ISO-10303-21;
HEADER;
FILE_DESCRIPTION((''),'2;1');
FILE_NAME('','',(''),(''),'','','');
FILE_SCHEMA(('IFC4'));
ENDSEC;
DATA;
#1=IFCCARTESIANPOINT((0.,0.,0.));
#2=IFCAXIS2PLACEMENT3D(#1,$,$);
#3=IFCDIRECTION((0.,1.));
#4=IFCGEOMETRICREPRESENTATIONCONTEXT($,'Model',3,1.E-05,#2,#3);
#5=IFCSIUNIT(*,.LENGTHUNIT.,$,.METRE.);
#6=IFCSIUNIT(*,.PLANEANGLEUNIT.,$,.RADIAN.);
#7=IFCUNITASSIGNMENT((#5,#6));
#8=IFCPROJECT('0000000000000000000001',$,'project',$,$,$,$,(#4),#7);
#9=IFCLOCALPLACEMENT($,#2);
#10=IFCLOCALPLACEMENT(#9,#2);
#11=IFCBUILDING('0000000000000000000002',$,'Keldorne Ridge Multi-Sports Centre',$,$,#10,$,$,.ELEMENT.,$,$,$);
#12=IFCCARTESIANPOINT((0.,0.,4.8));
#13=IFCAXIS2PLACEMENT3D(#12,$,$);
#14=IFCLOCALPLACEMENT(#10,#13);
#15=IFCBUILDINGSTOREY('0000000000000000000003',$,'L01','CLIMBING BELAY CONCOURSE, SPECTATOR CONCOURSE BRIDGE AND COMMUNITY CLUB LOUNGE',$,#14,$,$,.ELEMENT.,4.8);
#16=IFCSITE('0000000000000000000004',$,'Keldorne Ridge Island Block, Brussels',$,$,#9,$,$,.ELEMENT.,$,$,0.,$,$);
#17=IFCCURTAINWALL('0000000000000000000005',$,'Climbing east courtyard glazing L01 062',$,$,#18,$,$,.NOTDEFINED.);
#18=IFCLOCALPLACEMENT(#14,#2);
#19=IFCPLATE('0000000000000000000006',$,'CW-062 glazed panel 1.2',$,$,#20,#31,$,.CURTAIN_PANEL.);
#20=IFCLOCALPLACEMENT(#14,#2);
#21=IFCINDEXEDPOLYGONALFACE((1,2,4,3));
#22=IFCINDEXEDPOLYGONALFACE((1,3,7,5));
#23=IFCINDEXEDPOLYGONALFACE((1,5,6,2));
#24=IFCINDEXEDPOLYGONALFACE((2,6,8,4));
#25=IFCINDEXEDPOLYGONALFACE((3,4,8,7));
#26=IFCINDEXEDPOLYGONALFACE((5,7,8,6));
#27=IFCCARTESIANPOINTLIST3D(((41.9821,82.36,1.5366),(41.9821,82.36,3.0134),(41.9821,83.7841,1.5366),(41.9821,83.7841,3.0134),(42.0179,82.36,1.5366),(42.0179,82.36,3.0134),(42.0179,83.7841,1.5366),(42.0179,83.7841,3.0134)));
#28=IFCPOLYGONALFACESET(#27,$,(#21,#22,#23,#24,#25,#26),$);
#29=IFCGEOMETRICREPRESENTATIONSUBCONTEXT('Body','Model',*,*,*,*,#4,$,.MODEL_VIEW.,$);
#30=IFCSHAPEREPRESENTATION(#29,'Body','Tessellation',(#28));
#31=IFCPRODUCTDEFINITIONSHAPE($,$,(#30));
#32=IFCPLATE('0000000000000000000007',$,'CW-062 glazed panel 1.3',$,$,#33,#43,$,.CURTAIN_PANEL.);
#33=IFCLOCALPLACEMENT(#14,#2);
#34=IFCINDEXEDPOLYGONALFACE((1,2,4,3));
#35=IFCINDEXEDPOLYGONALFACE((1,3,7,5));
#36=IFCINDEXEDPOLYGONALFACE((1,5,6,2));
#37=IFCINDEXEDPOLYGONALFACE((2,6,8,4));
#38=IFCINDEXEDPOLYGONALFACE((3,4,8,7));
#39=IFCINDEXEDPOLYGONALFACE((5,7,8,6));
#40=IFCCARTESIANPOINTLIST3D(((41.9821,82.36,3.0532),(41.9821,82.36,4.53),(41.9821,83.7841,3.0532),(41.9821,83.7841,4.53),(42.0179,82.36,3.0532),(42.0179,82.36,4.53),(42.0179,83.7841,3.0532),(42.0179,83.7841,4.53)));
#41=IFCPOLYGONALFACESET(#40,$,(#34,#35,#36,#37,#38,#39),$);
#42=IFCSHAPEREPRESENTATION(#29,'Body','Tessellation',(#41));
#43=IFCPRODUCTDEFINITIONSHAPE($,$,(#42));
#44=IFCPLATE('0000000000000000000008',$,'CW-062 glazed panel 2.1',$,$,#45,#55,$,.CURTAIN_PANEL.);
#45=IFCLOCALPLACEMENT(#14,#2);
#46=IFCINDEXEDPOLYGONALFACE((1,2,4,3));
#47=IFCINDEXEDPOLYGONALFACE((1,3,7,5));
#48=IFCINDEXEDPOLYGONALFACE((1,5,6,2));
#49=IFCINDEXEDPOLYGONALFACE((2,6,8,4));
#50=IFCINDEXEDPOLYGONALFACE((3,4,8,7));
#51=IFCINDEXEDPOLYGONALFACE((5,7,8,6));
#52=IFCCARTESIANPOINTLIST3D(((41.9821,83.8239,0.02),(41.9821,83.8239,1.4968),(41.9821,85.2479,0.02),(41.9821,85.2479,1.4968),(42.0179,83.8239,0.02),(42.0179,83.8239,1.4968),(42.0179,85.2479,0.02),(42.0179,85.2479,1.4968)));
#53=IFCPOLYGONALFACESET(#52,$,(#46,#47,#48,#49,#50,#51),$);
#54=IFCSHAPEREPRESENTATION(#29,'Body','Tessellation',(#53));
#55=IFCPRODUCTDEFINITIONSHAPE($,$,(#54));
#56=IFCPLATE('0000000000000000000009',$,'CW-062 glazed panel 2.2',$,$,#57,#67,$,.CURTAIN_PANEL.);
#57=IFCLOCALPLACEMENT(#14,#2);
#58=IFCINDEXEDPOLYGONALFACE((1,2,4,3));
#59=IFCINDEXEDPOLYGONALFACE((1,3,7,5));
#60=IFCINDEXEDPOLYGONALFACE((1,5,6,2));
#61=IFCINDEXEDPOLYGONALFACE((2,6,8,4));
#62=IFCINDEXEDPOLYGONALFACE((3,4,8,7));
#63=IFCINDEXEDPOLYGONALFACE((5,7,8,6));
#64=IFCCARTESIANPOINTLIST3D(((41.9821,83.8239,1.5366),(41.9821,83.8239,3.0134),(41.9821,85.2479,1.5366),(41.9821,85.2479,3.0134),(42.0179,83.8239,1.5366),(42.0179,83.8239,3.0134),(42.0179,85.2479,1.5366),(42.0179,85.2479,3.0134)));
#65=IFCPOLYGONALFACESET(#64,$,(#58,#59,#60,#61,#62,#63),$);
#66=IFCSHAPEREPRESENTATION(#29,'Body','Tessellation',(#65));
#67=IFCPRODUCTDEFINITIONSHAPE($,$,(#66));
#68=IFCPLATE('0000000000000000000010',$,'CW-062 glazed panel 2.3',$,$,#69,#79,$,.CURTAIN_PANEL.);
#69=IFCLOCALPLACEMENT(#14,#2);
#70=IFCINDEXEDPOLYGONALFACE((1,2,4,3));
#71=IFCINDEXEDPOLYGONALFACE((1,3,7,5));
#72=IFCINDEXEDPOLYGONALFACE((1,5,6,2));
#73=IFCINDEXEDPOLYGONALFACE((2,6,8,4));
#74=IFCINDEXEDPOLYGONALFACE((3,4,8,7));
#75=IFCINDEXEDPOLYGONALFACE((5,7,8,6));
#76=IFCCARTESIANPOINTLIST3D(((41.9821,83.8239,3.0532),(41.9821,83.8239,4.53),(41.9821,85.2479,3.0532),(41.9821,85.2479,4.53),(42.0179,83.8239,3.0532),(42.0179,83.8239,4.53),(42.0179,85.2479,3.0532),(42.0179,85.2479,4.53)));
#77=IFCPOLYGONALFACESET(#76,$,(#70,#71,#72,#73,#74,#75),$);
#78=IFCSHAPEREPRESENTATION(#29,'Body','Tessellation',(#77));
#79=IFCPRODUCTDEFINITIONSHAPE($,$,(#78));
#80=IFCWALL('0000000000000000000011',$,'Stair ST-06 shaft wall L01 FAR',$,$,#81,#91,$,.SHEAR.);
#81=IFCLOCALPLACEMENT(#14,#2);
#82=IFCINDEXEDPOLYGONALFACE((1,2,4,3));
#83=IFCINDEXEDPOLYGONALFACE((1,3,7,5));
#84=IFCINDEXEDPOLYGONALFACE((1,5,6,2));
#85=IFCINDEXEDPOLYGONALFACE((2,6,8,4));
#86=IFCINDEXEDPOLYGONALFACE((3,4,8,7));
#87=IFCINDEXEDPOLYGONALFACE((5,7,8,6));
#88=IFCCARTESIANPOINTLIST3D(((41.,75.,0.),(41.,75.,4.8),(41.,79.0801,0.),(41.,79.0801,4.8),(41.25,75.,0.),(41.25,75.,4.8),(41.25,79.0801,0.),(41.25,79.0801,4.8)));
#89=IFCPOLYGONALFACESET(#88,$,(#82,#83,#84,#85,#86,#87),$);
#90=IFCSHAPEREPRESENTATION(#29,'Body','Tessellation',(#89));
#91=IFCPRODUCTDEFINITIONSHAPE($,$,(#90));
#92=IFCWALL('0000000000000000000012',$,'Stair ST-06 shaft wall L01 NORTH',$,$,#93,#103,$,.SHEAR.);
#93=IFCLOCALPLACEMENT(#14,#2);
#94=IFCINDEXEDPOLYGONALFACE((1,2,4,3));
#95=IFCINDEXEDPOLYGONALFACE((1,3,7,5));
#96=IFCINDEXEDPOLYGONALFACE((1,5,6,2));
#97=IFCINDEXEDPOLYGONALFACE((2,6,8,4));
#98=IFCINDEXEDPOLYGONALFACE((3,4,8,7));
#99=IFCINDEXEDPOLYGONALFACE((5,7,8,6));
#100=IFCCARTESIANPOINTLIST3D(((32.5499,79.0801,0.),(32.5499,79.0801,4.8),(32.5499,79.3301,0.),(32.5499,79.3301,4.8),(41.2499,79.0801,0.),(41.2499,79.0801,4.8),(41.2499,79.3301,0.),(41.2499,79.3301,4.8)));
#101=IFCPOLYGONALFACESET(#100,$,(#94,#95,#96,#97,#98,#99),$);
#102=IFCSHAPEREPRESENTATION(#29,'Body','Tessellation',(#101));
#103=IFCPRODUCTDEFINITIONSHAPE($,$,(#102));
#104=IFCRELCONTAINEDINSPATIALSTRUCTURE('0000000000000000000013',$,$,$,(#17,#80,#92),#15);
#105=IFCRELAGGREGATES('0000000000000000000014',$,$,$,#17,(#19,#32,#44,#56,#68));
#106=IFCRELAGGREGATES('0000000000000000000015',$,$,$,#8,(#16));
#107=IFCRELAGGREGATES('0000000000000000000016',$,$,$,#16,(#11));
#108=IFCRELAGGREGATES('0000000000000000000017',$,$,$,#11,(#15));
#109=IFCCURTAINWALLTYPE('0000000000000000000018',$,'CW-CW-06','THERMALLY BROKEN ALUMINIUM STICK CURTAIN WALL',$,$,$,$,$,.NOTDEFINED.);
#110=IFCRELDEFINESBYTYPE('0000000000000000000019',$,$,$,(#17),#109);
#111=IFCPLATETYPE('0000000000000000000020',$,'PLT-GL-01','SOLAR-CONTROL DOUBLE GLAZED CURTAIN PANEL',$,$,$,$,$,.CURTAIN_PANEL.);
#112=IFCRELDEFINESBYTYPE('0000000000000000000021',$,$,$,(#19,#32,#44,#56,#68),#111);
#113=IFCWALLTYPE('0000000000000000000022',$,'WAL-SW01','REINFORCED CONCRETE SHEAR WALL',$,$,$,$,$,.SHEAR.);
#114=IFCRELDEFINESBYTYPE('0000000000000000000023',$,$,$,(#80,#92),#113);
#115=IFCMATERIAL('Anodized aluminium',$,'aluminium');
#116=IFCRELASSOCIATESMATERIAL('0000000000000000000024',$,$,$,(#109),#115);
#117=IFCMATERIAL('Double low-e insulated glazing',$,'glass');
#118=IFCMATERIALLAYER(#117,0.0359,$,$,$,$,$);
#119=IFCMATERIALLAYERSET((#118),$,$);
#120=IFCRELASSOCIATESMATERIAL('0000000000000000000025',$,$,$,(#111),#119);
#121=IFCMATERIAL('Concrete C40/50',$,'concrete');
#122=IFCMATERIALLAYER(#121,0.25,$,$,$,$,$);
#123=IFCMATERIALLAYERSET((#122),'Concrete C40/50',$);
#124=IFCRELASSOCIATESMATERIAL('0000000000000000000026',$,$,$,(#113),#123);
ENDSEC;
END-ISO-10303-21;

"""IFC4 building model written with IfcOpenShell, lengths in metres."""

from ifc_helpers import new_model, si_unit, direction, frame, frame_2d, origin, origin_2d, place, context, subcontext, project, spatial, rectangle, extrude, material, layer, layer_set, type_object, element, aggregate, save


model = new_model("IFC4")

# Units and contexts
model_context = context("Model", 3, precision=1e-05, world=origin(), true_north=direction((0.0, 1.0)))
body_context = subcontext(model_context, "Body", "Model", "MODEL_VIEW")
ifc_project = project(units=[si_unit("LENGTHUNIT", "METRE"), si_unit("PLANEANGLEUNIT", "RADIAN")], contexts=[model_context])

# Site, building, storey
site_placement = place(None, origin())
site = spatial("IfcSite", under=ifc_project, at=site_placement, Name="Keldorne Ridge Island Block, Brussels", CompositionType="ELEMENT", RefElevation=0.0)
building_placement = place(site_placement, origin())
building = spatial("IfcBuilding", under=site, at=building_placement, Name="Keldorne Ridge Multi-Sports Centre", CompositionType="ELEMENT")
storey_placement = place(building_placement, frame((0.0, 0.0, 4.8)))
storey = spatial("IfcBuildingStorey", under=building, at=storey_placement, Name="L01", Description="CLIMBING BELAY CONCOURSE, SPECTATOR CONCOURSE BRIDGE AND COMMUNITY CLUB LOUNGE", CompositionType="ELEMENT", Elevation=4.8)

# Curtain wall
ifc_material_1 = material(Name="Anodized aluminium", Category="aluminium")
curtain_wall_type_1 = type_object("IfcCurtainWallType", Name="CW-CW-06", Description="THERMALLY BROKEN ALUMINIUM STICK CURTAIN WALL", PredefinedType="NOTDEFINED", material=ifc_material_1)
curtain_wall_1_placement = place(storey_placement, origin())
curtain_wall_1 = element("IfcCurtainWall", 1, at=curtain_wall_1_placement, inside=storey, type_object=curtain_wall_type_1, Name="Climbing east courtyard glazing L01 062", PredefinedType="NOTDEFINED")

# Plates
ifc_material_2 = material(Name="Double low-e insulated glazing", Category="glass")
ifc_layer_1 = layer(ifc_material_2, 0.0359)
ifc_layer_set_1 = layer_set([ifc_layer_1])
plate_type = type_object("IfcPlateType", Name="PLT-GL-01", Description="SOLAR-CONTROL DOUBLE GLAZED CURTAIN PANEL", PredefinedType="CURTAIN_PANEL", material=ifc_layer_set_1)
plate_1_placement = place(storey_placement, frame((42.0, 83.072, 1.5366), z_axis=(0.0, 0.0, 1.0), x_axis=(0.0, 1.0, 0.0)))
plate_1 = element("IfcPlate", 2, at=plate_1_placement, type_object=plate_type, Name="CW-062 glazed panel 1.2", PredefinedType="CURTAIN_PANEL", context=body_context, shape_type="SweptSolid", body=[
    extrude(rectangle(XDim=1.4241, YDim=0.0359, at=origin_2d()), origin(), (0.0, 0.0, 1.0), 1.4768),
])
plate_2_placement = place(storey_placement, frame((42.0, 83.072, 3.0532), z_axis=(0.0, 0.0, 1.0), x_axis=(0.0, 1.0, 0.0)))
plate_2 = element("IfcPlate", 3, at=plate_2_placement, type_object=plate_type, Name="CW-062 glazed panel 1.3", PredefinedType="CURTAIN_PANEL", context=body_context, shape_type="SweptSolid", body=[
    extrude(rectangle(XDim=1.4241, YDim=0.0359, at=origin_2d()), origin(), (0.0, 0.0, 1.0), 1.4768),
])
plate_3_placement = place(storey_placement, frame((42.0, 84.5359, 0.02), z_axis=(0.0, 0.0, 1.0), x_axis=(0.0, 1.0, 0.0)))
plate_3 = element("IfcPlate", 4, at=plate_3_placement, type_object=plate_type, Name="CW-062 glazed panel 2.1", PredefinedType="CURTAIN_PANEL", context=body_context, shape_type="SweptSolid", body=[
    extrude(rectangle(XDim=1.4241, YDim=0.0359, at=origin_2d()), origin(), (0.0, 0.0, 1.0), 1.4768),
])
plate_4_placement = place(storey_placement, frame((42.0, 84.5359, 1.5366), z_axis=(0.0, 0.0, 1.0), x_axis=(0.0, 1.0, 0.0)))
plate_4 = element("IfcPlate", 5, at=plate_4_placement, type_object=plate_type, Name="CW-062 glazed panel 2.2", PredefinedType="CURTAIN_PANEL", context=body_context, shape_type="SweptSolid", body=[
    extrude(rectangle(XDim=1.4241, YDim=0.0359, at=origin_2d()), origin(), (0.0, 0.0, 1.0), 1.4768),
])
plate_5_placement = place(storey_placement, frame((42.0, 84.5359, 3.0532), z_axis=(0.0, 0.0, 1.0), x_axis=(0.0, 1.0, 0.0)))
plate_5 = element("IfcPlate", 6, at=plate_5_placement, type_object=plate_type, Name="CW-062 glazed panel 2.3", PredefinedType="CURTAIN_PANEL", context=body_context, shape_type="SweptSolid", body=[
    extrude(rectangle(XDim=1.4241, YDim=0.0359, at=origin_2d()), origin(), (0.0, 0.0, 1.0), 1.4768),
])
aggregate(curtain_wall_1, [plate_1, plate_2, plate_3, plate_4, plate_5])

# Walls
ifc_material_3 = material(Name="Concrete C40/50", Category="concrete")
ifc_layer_2 = layer(ifc_material_3, 0.25)
ifc_layer_set_2 = layer_set([ifc_layer_2], Name="Concrete C40/50")
wall_type = type_object("IfcWallType", Name="WAL-SW01", Description="REINFORCED CONCRETE SHEAR WALL", PredefinedType="SHEAR", material=ifc_layer_set_2)
wall_1_placement = place(storey_placement, frame((41.125, 79.0801, 0.0), z_axis=(0.0, 0.0, 1.0), x_axis=(0.0, -1.0, 0.0)))
element("IfcWall", 7, at=wall_1_placement, inside=storey, type_object=wall_type, Name="Stair ST-06 shaft wall L01 FAR", PredefinedType="SHEAR", context=body_context, shape_type="SweptSolid", body=[
    extrude(rectangle(XDim=4.0801, YDim=0.25, at=frame_2d((2.04, 0.0))), origin(), (0.0, 0.0, 1.0), 4.8),
])
wall_2_placement = place(storey_placement, frame((41.25, 79.2051, 0.0), z_axis=(0.0, 0.0, 1.0), x_axis=(-1.0, 0.0, 0.0)))
element("IfcWall", 8, at=wall_2_placement, inside=storey, type_object=wall_type, Name="Stair ST-06 shaft wall L01 NORTH", PredefinedType="SHEAR", context=body_context, shape_type="SweptSolid", body=[
    extrude(rectangle(XDim=8.7, YDim=0.25, at=frame_2d((4.3501, 0.0))), origin(), (0.0, 0.0, 1.0), 4.8),
])

save(model, "model.ifc")
